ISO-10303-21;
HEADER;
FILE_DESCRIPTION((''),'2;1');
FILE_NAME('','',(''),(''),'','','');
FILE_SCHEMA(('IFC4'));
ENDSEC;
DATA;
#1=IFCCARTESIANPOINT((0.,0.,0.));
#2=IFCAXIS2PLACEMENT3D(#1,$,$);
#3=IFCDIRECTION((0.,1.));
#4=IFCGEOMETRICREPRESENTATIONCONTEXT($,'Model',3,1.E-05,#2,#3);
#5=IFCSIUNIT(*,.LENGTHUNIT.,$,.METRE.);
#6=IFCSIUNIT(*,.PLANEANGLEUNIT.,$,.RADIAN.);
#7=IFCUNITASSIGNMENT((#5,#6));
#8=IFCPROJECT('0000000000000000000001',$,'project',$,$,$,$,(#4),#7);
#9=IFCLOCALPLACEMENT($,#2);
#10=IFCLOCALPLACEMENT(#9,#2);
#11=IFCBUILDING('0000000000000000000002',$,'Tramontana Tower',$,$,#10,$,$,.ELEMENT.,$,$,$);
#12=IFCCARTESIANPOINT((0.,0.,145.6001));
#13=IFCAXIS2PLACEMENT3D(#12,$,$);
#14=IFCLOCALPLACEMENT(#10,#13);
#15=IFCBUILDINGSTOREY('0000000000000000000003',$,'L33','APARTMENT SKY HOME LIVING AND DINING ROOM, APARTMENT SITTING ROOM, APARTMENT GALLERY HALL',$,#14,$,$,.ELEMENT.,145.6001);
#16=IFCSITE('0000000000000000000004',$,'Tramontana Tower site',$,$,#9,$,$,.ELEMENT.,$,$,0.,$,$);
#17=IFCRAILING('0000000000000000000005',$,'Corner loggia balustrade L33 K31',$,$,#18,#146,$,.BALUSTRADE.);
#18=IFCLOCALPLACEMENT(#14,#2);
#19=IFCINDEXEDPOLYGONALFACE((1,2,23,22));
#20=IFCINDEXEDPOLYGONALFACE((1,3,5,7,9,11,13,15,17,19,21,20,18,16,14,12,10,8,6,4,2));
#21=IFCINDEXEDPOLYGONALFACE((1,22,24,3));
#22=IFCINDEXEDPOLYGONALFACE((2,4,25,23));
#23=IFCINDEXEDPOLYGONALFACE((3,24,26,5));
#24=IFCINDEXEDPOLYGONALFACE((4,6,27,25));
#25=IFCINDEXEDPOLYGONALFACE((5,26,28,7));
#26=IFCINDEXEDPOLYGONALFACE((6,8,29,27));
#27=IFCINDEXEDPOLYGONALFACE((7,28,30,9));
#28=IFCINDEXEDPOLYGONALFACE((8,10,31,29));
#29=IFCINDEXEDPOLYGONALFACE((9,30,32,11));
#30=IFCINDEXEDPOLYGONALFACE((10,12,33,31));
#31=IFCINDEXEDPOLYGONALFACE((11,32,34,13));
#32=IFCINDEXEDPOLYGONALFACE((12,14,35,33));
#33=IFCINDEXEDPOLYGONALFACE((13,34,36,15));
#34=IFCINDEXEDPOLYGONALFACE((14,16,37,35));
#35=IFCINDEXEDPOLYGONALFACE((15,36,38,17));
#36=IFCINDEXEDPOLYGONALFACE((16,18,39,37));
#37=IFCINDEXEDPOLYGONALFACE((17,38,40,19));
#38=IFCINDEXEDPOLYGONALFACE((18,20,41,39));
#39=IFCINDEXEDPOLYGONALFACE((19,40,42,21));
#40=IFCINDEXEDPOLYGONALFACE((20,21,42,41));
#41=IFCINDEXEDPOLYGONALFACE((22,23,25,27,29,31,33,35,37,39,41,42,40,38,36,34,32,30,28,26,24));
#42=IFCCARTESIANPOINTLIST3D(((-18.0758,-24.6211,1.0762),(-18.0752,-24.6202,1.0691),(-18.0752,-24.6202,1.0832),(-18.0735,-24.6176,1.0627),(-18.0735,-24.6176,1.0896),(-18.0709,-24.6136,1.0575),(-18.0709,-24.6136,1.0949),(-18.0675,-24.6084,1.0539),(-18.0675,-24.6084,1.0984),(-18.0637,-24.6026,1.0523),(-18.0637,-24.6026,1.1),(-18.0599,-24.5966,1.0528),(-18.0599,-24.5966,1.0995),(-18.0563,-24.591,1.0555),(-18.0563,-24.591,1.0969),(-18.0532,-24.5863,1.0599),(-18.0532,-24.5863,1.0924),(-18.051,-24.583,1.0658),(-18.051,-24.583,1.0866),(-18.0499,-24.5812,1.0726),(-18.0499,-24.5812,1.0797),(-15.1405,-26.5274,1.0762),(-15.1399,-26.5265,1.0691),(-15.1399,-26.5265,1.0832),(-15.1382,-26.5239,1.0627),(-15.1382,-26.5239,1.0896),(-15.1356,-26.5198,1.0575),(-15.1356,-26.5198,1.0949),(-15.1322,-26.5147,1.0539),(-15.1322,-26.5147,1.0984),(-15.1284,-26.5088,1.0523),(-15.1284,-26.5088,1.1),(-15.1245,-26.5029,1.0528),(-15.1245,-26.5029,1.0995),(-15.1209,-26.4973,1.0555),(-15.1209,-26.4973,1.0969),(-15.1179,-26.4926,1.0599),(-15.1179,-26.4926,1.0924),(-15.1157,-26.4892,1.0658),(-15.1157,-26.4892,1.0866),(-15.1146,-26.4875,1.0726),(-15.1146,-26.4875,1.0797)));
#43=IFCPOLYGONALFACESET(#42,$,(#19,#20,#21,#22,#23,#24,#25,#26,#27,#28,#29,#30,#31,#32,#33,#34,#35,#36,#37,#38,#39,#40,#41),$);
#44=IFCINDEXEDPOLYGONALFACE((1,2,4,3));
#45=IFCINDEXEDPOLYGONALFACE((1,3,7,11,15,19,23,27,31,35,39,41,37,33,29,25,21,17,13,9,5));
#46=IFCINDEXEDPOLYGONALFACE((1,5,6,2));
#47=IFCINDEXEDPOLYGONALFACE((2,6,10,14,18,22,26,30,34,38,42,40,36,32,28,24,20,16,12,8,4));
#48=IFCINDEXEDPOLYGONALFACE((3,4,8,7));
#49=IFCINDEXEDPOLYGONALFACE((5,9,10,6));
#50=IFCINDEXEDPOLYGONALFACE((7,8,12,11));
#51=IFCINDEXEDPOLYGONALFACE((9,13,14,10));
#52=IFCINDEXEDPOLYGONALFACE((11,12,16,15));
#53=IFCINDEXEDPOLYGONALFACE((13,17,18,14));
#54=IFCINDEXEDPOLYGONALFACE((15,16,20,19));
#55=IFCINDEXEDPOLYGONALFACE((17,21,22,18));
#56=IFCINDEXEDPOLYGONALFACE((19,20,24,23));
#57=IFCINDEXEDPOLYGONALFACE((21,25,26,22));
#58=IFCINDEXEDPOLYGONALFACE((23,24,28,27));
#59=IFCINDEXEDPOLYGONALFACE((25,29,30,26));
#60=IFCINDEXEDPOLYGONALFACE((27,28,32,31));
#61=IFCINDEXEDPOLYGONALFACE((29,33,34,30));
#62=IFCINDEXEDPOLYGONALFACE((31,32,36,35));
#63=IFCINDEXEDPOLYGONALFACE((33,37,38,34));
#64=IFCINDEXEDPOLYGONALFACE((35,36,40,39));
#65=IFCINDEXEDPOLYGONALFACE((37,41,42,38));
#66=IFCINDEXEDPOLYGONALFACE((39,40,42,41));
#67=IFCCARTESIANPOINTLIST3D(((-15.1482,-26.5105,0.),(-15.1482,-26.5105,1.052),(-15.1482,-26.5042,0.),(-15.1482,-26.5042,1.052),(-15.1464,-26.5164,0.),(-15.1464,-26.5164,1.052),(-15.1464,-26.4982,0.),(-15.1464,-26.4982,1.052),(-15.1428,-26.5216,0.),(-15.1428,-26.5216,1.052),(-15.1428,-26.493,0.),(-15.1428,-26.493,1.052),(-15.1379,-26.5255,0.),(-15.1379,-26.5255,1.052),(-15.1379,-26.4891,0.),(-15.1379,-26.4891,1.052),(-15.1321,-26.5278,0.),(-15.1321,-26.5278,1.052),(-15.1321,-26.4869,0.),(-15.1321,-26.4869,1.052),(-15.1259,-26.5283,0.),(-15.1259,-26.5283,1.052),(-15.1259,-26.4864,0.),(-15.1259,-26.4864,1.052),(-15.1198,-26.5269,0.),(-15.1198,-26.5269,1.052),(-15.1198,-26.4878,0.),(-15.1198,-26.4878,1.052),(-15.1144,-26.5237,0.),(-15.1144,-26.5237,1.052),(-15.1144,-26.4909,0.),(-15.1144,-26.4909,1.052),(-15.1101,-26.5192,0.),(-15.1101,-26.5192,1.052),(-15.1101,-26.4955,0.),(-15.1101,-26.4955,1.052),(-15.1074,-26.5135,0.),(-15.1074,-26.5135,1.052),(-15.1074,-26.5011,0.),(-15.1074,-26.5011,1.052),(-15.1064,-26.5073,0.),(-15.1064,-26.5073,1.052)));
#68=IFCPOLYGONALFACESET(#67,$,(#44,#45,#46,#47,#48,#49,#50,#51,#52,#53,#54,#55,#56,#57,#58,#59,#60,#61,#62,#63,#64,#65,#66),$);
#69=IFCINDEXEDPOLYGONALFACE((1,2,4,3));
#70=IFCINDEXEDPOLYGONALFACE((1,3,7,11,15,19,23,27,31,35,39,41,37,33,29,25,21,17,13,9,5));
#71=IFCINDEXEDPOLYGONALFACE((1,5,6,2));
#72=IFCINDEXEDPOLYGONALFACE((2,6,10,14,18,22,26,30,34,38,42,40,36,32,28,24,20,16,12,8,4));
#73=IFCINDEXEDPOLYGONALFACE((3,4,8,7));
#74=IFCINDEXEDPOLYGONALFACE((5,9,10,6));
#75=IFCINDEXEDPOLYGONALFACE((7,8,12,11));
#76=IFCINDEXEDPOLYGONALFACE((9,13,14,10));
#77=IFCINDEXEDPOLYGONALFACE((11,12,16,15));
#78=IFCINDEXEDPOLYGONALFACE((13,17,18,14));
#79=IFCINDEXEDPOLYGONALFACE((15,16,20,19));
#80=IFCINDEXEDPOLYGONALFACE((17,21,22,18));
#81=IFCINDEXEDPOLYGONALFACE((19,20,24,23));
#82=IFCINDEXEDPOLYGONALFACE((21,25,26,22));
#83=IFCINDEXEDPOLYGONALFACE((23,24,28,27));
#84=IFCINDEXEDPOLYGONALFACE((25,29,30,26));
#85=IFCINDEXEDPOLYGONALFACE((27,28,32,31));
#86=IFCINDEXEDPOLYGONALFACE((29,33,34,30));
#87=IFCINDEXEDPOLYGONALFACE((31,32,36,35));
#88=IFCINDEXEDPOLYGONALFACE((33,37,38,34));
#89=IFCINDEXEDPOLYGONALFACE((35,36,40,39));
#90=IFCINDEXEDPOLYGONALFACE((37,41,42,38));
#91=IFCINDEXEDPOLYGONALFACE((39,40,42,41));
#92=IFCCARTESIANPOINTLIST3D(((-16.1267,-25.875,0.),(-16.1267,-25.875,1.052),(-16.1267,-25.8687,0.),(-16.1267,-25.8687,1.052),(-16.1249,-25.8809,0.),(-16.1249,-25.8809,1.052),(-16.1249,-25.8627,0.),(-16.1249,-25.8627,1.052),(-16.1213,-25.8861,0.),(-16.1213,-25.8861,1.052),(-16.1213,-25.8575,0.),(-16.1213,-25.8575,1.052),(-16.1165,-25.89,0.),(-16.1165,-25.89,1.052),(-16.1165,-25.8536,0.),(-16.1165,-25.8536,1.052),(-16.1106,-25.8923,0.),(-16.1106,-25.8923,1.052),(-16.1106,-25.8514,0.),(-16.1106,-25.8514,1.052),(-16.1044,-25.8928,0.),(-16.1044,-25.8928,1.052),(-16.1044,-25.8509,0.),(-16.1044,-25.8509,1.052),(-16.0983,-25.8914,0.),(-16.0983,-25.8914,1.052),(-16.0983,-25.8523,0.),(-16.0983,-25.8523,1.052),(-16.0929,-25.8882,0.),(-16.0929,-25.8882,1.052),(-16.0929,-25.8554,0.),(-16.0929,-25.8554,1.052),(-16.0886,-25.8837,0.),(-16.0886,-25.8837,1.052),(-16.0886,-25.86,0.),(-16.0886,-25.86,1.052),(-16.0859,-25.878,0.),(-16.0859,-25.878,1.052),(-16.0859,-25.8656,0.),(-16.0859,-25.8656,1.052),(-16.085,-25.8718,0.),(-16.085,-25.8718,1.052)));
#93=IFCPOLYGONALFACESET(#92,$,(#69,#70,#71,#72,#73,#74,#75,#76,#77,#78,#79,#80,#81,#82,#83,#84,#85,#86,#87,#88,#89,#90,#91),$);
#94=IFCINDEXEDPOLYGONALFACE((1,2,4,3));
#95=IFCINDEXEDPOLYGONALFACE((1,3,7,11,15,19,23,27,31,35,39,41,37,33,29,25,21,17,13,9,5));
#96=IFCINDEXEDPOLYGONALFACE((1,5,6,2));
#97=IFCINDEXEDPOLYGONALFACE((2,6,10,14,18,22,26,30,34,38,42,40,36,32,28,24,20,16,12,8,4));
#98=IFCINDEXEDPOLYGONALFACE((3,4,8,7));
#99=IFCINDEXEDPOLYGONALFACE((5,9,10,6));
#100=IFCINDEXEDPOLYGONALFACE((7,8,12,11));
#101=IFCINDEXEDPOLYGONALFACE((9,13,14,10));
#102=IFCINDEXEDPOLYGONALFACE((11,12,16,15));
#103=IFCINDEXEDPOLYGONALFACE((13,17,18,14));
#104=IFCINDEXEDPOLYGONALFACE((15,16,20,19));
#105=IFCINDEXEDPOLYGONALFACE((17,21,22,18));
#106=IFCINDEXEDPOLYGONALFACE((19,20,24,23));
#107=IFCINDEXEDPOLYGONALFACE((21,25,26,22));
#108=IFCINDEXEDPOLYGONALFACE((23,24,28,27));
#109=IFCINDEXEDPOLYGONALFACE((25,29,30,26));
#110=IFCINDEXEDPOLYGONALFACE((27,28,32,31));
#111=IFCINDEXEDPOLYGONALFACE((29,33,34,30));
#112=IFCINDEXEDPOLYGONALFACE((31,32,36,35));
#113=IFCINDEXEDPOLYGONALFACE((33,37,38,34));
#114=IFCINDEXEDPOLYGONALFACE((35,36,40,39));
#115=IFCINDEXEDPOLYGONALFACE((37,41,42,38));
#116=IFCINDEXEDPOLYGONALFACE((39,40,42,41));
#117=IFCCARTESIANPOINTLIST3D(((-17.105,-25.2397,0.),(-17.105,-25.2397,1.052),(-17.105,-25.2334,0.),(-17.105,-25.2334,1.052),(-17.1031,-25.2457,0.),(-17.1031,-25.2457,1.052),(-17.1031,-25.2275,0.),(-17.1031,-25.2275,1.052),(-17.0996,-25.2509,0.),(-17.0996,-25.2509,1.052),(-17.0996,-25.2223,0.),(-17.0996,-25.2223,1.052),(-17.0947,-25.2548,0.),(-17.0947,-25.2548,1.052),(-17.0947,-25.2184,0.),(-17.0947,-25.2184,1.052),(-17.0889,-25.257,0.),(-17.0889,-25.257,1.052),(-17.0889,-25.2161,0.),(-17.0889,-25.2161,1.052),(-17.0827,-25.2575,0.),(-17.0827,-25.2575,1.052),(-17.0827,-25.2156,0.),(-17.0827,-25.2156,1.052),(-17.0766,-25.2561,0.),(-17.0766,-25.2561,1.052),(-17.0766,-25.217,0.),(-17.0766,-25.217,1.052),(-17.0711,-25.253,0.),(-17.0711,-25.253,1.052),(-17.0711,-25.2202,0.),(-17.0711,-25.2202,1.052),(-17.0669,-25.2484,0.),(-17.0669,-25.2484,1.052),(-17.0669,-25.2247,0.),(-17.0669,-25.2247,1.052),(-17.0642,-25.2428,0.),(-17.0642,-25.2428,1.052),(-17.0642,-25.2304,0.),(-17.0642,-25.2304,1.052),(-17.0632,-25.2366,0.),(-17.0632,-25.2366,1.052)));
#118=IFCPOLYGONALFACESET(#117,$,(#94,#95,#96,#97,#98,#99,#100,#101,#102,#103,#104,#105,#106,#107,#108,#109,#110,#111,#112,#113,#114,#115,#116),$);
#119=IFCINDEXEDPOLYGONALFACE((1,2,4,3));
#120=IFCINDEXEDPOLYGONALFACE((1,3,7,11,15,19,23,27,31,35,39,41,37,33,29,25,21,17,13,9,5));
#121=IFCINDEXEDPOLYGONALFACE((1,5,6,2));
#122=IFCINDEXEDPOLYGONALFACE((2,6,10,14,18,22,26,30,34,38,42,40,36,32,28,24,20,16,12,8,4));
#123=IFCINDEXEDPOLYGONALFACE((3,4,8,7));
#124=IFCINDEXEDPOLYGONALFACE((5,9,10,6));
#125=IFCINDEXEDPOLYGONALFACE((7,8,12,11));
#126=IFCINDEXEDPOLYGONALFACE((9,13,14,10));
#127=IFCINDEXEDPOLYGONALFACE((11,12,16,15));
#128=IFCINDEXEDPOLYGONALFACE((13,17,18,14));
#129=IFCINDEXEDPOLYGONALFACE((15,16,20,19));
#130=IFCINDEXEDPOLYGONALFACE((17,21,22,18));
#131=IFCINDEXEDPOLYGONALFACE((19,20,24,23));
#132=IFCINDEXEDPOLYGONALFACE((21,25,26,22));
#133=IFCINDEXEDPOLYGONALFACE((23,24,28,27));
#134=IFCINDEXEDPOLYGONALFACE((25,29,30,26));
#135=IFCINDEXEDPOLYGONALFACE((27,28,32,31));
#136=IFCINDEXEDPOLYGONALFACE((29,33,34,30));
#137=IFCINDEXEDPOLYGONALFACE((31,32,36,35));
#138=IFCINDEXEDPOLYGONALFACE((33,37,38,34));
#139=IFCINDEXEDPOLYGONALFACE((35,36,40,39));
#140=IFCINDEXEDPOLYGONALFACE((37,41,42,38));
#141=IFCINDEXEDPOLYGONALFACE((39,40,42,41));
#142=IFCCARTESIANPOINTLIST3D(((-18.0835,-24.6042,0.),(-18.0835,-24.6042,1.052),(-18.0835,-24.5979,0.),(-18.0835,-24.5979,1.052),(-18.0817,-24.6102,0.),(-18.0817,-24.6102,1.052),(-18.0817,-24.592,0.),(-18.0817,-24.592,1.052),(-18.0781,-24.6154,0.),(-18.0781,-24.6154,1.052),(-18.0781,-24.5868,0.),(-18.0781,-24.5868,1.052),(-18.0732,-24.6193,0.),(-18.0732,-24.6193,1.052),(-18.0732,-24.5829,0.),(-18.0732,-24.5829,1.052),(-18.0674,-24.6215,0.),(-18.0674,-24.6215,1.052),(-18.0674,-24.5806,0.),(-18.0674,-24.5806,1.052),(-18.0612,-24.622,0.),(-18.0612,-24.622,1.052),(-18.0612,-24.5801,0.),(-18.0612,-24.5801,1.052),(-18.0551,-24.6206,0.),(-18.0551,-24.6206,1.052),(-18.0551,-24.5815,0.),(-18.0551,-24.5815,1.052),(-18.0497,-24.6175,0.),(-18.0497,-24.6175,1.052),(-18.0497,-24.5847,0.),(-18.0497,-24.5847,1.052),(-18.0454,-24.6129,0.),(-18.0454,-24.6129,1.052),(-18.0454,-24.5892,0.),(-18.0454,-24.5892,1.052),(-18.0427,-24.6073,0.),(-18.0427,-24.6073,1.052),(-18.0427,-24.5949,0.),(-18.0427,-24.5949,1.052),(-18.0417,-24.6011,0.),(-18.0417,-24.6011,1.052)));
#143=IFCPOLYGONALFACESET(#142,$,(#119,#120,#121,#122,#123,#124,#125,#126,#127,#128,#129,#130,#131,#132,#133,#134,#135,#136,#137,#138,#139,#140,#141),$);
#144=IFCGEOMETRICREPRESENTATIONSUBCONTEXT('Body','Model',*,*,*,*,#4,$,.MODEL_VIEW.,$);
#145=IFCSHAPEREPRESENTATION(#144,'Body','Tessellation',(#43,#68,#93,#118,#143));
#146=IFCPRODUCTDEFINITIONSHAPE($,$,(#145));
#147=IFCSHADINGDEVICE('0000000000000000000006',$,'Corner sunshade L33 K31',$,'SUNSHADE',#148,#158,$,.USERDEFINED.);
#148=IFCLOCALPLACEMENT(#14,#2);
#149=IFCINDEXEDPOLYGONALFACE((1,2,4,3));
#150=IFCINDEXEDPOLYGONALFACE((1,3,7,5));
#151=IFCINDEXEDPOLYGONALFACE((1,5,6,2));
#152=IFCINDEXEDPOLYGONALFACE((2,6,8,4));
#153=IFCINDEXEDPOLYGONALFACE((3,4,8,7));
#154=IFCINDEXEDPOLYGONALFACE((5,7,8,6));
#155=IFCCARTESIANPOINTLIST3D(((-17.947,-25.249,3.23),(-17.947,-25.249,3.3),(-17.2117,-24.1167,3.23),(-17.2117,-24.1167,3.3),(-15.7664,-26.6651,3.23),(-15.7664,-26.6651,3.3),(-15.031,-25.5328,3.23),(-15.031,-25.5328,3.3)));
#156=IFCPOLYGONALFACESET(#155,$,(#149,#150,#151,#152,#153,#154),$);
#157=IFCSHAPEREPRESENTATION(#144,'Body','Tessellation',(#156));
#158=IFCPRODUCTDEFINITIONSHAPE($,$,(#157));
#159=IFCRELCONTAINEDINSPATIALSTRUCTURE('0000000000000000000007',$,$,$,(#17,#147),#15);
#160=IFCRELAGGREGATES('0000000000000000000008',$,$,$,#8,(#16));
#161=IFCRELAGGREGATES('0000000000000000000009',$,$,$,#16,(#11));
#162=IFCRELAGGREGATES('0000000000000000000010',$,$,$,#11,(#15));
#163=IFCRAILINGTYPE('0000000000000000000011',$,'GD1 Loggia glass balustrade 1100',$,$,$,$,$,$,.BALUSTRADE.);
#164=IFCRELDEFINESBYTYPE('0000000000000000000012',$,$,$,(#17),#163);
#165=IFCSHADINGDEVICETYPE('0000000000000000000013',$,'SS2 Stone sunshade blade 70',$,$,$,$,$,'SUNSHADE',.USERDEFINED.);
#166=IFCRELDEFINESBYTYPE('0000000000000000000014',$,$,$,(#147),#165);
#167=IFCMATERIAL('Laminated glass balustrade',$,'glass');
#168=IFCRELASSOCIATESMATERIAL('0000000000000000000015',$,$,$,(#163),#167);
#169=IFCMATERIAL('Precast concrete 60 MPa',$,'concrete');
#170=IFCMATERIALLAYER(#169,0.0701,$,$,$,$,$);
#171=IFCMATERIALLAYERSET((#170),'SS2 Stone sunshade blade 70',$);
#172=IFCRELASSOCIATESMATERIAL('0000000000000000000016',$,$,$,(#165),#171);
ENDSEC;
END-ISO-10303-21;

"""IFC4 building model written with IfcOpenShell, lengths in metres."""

from ifc_helpers import new_model, si_unit, direction, frame, origin, origin_2d, place, context, subcontext, project, spatial, rectangle, circle, extrude, material, layer, layer_set, type_object, element, save


model = new_model("IFC4")

# Units and contexts
model_context = context("Model", 3, precision=1e-05, world=origin(), true_north=direction((0.0, 1.0)))
body_context = subcontext(model_context, "Body", "Model", "MODEL_VIEW")
ifc_project = project(units=[si_unit("LENGTHUNIT", "METRE"), si_unit("PLANEANGLEUNIT", "RADIAN")], contexts=[model_context])

# Site, building, storey
site_placement = place(None, origin())
site = spatial("IfcSite", under=ifc_project, at=site_placement, Name="Tramontana Tower site", CompositionType="ELEMENT", RefElevation=0.0)
building_placement = place(site_placement, origin())
building = spatial("IfcBuilding", under=site, at=building_placement, Name="Tramontana Tower", CompositionType="ELEMENT")
storey_placement = place(building_placement, frame((0.0, 0.0, 145.6001)))
storey = spatial("IfcBuildingStorey", under=building, at=storey_placement, Name="L33", Description="APARTMENT SKY HOME LIVING AND DINING ROOM, APARTMENT SITTING ROOM, APARTMENT GALLERY HALL", CompositionType="ELEMENT", Elevation=145.6001)

# Railing
ifc_material_1 = material(Name="Laminated glass balustrade", Category="glass")
railing_type = type_object("IfcRailingType", Name="GD1 Loggia glass balustrade 1100", PredefinedType="BALUSTRADE", material=ifc_material_1)
railing_1_placement = place(storey_placement, frame((-15.1274, -26.5073, 0.0)))
element("IfcRailing", 1, at=railing_1_placement, inside=storey, type_object=railing_type, Name="Corner loggia balustrade L33 K31", PredefinedType="BALUSTRADE", context=body_context, shape_type="SweptSolid", body=[
    extrude(circle(Radius=0.0239, at=origin_2d()), frame((0.0, 0.0, 1.0762), z_axis=(-0.838665, 0.544647, 0.0), x_axis=(-0.544647, -0.838665, 0.0)), (0.0, 0.0, 1.0), 3.5),
    extrude(circle(Radius=0.021, at=origin_2d()), origin(), (0.0, 0.0, 1.0), 1.052),
    extrude(circle(Radius=0.021, at=origin_2d()), frame((-0.9785, 0.6355, 0.0)), (0.0, 0.0, 1.0), 1.052),
    extrude(circle(Radius=0.021, at=origin_2d()), frame((-1.9568, 1.2708, 0.0)), (0.0, 0.0, 1.0), 1.052),
    extrude(circle(Radius=0.021, at=origin_2d()), frame((-2.9353, 1.9062, 0.0)), (0.0, 0.0, 1.0), 1.052),
])

# Shading device
ifc_material_2 = material(Name="Precast concrete 60 MPa", Category="concrete")
ifc_layer_1 = layer(ifc_material_2, 0.0701)
ifc_layer_set_1 = layer_set([ifc_layer_1], Name="SS2 Stone sunshade blade 70")
shading_device_type = type_object("IfcShadingDeviceType", Name="SS2 Stone sunshade blade 70", ElementType="SUNSHADE", PredefinedType="USERDEFINED", material=ifc_layer_set_1)
shading_device_placement = place(storey_placement, frame((-16.489, -25.3909, 3.23), z_axis=(0.0, 0.0, 1.0), x_axis=(-0.838671, 0.544639, 0.0)))
element("IfcShadingDevice", 2, at=shading_device_placement, inside=storey, type_object=shading_device_type, Name="Corner sunshade L33 K31", ObjectType="SUNSHADE", PredefinedType="USERDEFINED", context=body_context, shape_type="SweptSolid", body=[
    extrude(rectangle(XDim=2.6001, YDim=1.3501, at=origin_2d()), origin(), (0.0, 0.0, 1.0), 0.0701),
])

save(model, "model.ifc")
